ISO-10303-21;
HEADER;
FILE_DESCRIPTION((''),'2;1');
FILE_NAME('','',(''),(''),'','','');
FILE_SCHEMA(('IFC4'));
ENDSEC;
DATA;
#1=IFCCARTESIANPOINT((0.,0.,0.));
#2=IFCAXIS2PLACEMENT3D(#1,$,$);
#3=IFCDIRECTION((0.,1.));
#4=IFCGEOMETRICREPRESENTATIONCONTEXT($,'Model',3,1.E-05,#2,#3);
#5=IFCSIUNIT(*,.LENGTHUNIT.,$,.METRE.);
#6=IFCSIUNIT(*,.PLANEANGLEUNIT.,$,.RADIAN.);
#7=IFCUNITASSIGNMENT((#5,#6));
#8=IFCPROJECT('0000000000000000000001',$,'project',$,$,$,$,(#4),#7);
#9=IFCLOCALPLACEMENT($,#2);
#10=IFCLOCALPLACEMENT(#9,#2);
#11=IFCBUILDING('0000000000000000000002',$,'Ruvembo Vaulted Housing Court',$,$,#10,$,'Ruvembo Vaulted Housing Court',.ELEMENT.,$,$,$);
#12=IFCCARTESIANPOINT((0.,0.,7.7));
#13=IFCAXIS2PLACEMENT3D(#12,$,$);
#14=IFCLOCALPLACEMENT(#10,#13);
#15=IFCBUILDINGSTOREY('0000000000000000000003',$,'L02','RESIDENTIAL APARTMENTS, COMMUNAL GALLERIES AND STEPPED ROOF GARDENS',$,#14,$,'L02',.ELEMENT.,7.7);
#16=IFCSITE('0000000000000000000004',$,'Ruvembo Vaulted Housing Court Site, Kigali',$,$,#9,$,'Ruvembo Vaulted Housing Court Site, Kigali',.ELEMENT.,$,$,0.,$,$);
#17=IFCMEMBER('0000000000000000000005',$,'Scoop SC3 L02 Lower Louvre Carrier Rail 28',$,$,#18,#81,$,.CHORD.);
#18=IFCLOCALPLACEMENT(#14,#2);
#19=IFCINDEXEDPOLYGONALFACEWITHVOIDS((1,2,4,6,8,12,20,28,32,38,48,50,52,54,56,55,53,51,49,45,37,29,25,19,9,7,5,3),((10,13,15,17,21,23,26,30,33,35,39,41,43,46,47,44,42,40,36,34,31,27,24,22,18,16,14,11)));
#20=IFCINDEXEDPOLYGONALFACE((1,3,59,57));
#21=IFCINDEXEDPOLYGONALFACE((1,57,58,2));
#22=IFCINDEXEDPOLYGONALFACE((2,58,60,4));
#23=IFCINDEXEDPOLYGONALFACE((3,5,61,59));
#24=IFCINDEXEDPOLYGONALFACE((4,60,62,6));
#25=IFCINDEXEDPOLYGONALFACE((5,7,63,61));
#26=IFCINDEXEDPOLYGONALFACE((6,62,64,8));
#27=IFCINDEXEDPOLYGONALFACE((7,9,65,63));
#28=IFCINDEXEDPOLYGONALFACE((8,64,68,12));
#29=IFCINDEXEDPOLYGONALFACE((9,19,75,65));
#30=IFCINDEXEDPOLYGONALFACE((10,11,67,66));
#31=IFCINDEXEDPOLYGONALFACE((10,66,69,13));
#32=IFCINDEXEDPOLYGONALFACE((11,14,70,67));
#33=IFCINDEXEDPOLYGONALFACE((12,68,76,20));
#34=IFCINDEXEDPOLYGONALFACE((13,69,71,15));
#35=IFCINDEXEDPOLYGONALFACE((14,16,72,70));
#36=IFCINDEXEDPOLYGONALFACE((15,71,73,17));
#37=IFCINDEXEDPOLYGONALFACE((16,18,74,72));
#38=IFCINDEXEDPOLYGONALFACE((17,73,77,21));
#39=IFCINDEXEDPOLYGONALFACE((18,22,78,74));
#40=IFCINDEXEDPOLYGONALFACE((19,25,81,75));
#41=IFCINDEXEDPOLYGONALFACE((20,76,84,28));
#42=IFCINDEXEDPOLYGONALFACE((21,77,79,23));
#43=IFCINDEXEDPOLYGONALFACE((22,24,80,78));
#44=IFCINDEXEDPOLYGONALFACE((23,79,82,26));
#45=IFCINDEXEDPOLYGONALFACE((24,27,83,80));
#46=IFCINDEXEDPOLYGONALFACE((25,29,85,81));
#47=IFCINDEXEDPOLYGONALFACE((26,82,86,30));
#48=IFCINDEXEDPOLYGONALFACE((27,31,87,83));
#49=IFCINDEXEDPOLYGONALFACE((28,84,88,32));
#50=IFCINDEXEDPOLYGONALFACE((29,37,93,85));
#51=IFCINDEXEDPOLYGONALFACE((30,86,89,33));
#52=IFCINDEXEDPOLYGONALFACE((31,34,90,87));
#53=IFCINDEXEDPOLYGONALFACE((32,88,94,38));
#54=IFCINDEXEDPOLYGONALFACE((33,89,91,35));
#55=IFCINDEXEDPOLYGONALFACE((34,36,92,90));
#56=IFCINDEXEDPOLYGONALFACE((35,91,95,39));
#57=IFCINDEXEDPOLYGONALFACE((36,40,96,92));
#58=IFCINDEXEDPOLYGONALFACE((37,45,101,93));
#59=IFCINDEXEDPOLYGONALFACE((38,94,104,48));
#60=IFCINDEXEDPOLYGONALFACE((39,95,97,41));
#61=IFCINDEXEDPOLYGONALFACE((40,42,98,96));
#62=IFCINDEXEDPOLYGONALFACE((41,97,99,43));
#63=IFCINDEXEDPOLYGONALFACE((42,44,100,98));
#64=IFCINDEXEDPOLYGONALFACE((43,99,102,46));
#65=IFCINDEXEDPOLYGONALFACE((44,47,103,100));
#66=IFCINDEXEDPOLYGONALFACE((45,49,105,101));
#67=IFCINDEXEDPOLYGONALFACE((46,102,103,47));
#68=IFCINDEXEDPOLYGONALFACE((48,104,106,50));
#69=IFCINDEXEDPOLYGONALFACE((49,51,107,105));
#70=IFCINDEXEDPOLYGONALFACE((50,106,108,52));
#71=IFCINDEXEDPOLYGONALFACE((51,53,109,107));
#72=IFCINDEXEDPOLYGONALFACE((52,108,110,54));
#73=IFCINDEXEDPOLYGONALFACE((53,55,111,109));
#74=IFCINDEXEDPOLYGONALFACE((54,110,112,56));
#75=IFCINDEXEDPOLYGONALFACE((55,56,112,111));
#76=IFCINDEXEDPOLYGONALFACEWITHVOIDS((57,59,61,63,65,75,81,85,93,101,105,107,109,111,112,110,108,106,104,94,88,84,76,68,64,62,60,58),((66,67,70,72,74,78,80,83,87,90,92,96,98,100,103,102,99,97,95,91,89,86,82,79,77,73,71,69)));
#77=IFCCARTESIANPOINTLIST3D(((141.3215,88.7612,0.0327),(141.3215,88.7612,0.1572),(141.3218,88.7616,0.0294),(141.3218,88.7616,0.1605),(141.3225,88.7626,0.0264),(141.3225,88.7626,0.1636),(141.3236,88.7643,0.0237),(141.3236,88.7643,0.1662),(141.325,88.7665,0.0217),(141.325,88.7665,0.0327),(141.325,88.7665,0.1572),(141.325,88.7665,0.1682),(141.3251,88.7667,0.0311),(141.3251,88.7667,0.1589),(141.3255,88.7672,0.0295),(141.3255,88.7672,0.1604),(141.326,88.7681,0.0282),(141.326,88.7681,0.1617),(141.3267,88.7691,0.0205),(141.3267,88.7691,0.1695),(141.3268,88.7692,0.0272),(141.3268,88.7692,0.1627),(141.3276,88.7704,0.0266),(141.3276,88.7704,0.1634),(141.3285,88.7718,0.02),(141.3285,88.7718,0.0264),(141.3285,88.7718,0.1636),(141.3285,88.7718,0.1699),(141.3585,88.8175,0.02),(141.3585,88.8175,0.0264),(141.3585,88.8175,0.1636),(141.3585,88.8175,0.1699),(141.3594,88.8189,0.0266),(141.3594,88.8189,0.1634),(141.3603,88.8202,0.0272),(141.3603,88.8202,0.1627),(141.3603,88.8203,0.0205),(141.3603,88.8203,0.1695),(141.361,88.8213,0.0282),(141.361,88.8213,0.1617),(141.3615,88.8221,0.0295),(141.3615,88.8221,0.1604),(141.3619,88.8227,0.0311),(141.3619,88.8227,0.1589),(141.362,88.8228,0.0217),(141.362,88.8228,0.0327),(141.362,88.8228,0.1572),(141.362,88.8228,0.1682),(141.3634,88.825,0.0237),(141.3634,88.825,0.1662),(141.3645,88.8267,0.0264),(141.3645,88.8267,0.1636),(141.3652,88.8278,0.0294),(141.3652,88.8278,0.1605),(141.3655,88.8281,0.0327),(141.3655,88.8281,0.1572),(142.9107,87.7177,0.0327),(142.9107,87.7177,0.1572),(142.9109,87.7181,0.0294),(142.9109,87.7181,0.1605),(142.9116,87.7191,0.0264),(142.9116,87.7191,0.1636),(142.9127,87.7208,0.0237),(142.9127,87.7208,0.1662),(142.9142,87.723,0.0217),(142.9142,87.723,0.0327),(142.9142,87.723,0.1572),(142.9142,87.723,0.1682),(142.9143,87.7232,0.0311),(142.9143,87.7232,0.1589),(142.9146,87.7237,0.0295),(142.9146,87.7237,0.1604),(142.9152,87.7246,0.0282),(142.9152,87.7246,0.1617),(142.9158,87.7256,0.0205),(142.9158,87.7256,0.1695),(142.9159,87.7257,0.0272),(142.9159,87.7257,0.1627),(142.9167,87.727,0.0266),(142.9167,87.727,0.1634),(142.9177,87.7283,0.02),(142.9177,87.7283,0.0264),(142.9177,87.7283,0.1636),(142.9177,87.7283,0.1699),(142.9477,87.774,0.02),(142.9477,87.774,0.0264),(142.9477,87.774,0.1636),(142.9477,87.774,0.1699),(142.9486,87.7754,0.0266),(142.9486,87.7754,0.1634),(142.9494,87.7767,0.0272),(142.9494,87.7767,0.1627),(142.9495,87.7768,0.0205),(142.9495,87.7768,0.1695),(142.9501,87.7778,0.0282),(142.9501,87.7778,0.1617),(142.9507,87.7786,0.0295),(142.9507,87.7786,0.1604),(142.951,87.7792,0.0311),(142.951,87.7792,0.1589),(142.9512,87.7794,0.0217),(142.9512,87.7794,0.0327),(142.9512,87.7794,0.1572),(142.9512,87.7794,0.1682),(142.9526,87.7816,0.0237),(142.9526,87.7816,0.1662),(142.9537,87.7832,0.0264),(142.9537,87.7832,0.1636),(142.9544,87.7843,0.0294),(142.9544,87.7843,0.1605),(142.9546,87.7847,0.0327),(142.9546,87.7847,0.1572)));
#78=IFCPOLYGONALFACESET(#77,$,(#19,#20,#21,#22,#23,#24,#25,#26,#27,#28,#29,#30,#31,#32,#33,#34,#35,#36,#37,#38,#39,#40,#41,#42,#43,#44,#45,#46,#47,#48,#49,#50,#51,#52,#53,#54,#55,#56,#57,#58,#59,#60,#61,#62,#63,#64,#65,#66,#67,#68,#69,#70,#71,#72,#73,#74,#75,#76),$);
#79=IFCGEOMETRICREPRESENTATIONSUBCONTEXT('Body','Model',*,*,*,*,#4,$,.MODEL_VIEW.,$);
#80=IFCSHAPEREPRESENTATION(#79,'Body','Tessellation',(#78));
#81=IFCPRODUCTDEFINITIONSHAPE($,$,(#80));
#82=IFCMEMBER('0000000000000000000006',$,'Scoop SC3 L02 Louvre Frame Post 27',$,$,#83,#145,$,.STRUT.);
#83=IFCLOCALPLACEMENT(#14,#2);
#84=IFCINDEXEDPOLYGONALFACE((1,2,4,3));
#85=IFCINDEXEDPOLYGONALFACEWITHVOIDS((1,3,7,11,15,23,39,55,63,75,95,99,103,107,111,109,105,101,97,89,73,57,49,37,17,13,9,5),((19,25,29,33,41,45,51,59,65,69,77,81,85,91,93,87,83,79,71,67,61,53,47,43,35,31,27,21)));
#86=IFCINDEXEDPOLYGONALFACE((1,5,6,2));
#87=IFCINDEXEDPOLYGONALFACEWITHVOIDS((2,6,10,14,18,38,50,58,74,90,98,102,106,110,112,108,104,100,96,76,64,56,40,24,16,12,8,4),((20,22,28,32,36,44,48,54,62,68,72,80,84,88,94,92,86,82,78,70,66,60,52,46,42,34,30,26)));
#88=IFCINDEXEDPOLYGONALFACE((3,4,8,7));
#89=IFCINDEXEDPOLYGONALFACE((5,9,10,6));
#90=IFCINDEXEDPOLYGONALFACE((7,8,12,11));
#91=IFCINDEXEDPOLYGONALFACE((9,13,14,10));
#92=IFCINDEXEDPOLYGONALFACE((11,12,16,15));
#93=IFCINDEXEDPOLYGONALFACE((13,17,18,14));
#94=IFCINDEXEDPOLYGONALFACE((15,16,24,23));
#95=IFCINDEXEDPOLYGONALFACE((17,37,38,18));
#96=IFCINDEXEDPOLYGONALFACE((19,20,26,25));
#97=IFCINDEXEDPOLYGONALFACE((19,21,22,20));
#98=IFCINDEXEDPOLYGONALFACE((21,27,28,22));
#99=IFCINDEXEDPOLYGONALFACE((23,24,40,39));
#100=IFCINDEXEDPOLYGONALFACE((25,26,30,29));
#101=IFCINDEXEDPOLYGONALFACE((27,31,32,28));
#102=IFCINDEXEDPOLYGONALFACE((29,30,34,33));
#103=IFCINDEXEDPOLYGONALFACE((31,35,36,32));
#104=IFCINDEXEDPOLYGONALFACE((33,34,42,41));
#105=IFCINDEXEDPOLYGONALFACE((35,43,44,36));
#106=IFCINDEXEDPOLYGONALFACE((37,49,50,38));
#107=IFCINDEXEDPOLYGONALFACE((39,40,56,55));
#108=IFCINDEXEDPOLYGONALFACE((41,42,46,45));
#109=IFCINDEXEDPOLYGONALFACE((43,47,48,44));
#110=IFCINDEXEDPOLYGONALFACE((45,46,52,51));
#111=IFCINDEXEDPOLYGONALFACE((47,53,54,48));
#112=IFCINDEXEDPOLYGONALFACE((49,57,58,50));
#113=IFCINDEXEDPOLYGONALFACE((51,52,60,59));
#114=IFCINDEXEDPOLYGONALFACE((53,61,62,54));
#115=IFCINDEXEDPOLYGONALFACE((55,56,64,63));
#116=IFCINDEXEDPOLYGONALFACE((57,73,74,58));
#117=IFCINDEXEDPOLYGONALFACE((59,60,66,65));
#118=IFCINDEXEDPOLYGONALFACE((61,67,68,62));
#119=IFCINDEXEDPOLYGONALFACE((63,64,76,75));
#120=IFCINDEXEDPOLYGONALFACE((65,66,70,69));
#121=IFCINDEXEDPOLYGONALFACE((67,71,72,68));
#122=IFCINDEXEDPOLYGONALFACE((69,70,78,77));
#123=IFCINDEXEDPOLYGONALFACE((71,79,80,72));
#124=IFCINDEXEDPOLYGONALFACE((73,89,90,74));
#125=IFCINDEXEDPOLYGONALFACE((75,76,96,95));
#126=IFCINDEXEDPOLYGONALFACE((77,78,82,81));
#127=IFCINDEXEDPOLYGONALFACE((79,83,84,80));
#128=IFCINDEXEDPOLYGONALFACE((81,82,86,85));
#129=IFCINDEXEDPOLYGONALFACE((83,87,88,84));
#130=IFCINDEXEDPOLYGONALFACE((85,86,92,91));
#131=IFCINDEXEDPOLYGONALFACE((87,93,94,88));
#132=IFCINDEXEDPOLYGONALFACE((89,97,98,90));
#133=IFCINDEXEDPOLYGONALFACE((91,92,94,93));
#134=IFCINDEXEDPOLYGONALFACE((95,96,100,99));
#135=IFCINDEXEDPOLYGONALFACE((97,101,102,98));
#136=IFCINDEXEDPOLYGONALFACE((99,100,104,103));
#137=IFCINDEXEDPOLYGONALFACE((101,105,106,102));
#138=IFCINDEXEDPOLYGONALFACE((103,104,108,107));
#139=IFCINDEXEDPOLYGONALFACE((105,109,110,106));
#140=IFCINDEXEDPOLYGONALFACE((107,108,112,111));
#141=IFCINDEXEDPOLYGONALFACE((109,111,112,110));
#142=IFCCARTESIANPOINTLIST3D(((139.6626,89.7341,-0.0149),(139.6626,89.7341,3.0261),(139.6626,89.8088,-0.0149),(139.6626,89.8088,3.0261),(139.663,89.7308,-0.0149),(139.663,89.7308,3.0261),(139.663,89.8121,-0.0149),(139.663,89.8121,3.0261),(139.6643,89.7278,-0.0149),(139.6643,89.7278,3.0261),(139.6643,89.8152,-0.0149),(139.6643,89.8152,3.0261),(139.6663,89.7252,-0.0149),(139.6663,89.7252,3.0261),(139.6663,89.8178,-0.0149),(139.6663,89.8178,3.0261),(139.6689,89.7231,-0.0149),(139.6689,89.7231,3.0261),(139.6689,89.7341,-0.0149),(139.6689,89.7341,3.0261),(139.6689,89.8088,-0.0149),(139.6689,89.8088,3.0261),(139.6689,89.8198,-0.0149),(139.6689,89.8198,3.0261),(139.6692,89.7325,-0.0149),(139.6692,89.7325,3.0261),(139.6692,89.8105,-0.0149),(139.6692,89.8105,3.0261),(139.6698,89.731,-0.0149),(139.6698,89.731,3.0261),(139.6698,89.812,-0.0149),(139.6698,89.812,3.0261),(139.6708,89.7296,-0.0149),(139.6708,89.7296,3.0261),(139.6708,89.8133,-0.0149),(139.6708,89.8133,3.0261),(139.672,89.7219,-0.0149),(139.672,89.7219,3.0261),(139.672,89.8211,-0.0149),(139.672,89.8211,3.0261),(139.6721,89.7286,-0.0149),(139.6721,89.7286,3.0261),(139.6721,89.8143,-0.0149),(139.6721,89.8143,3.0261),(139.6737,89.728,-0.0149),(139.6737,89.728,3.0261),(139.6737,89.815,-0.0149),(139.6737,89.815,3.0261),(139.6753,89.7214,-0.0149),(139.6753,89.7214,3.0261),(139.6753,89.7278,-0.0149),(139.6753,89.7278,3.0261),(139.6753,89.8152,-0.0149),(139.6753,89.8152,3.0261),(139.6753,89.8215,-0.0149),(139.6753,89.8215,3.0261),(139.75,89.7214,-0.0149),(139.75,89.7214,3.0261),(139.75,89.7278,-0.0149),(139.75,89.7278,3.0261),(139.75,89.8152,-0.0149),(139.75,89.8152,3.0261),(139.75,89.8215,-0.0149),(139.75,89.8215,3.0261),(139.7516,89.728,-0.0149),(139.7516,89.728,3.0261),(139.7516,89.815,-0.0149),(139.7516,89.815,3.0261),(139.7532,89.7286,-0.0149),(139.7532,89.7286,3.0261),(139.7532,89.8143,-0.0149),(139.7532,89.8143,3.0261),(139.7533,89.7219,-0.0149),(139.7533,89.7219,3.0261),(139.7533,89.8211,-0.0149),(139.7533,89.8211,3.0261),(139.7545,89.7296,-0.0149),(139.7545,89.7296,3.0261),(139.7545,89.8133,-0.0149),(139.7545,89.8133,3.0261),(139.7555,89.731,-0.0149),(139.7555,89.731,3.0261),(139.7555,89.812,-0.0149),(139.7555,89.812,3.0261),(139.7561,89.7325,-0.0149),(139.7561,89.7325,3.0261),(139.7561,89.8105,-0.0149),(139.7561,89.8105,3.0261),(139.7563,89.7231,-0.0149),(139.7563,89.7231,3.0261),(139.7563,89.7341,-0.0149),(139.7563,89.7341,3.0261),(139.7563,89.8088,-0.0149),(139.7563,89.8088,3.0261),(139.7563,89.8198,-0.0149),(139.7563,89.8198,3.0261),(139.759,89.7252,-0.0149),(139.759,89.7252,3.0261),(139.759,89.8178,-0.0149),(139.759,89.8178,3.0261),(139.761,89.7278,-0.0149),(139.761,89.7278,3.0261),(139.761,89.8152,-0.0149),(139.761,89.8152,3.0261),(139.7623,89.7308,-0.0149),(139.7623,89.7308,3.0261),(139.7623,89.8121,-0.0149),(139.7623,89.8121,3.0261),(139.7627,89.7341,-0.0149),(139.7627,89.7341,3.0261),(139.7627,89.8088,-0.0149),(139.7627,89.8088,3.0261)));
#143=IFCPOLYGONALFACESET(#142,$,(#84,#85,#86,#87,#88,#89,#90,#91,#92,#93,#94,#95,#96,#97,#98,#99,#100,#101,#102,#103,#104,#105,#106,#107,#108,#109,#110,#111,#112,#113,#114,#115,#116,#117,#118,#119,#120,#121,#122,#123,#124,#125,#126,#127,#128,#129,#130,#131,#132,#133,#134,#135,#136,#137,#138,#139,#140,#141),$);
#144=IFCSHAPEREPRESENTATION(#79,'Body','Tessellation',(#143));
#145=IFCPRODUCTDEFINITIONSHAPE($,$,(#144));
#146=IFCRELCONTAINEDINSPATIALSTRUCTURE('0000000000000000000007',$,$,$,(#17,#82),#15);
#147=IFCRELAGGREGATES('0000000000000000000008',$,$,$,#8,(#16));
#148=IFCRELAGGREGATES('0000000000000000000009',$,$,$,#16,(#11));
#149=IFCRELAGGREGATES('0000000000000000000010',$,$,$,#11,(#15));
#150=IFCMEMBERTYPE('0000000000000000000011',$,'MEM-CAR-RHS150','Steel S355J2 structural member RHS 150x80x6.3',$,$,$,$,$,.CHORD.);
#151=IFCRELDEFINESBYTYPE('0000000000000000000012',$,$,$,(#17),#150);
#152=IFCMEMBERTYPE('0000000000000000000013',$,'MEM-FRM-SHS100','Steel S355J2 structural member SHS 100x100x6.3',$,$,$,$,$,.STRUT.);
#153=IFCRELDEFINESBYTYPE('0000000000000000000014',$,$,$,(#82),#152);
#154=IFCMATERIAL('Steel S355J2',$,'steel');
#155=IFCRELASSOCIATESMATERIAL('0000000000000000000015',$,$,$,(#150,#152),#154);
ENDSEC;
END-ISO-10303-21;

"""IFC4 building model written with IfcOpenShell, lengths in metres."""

from ifc_helpers import new_model, si_unit, direction, frame, origin, origin_2d, place, context, subcontext, project, spatial, hollow_rectangle, extrude, material, material_profile, profile_set, type_object, element, save


model = new_model("IFC4")

# Units and contexts
model_context = context("Model", 3, precision=1e-05, world=origin(), true_north=direction((0.0, 1.0)))
body_context = subcontext(model_context, "Body", "Model", "MODEL_VIEW")
ifc_project = project(units=[si_unit("LENGTHUNIT", "METRE"), si_unit("PLANEANGLEUNIT", "RADIAN")], contexts=[model_context])

# Site, building, storey
site_placement = place(None, origin())
site = spatial("IfcSite", under=ifc_project, at=site_placement, Name="Ruvembo Vaulted Housing Court Site, Kigali", LongName="Ruvembo Vaulted Housing Court Site, Kigali", CompositionType="ELEMENT", RefElevation=0.0)
building_placement = place(site_placement, origin())
building = spatial("IfcBuilding", under=site, at=building_placement, Name="Ruvembo Vaulted Housing Court", LongName="Ruvembo Vaulted Housing Court", CompositionType="ELEMENT")
storey_placement = place(building_placement, frame((0.0, 0.0, 7.7)))
storey = spatial("IfcBuildingStorey", under=building, at=storey_placement, Name="L02", Description="RESIDENTIAL APARTMENTS, COMMUNAL GALLERIES AND STEPPED ROOF GARDENS", LongName="L02", CompositionType="ELEMENT", Elevation=7.7)

# Shared definitions
ifc_material_1 = material(Name="Steel S355J2", Category="steel")

# Members
ifc_material_profile_1 = material_profile(ifc_material_1, hollow_rectangle(XDim=0.0801, YDim=0.1499, WallThickness=0.0063, InnerFilletRadius=0.0063, OuterFilletRadius=0.0127, at=origin_2d()), Name="RHS 150x80x6.3")
ifc_profile_set_1 = profile_set([ifc_material_profile_1], Name="Steel S355J2")
member_type_1 = type_object("IfcMemberType", Name="MEM-CAR-RHS150", Description="Steel S355J2 structural member RHS 150x80x6.3", PredefinedType="CHORD", material=ifc_profile_set_1)
for number, where, z_axis, x_axis, name in (
    (1, (141.3435, 88.7947, 0.095), (0.835902, -0.548878, 0.0), (0.548878, 0.835902, 0.0), "Scoop SC3 L02 Lower Louvre Carrier Rail 28"),
):
    element("IfcMember", number, at=place(storey_placement, frame(where, z_axis=z_axis, x_axis=x_axis)), inside=storey, type_object=member_type_1, Name=name, PredefinedType="CHORD", context=body_context, shape_type="SweptSolid", body=[
        extrude(hollow_rectangle(XDim=0.0801, YDim=0.1499, WallThickness=0.0063, InnerFilletRadius=0.0063, OuterFilletRadius=0.0127, at=origin_2d()), origin(), (0.0, 0.0, 1.0), 1.9011),
    ])
ifc_material_profile_2 = material_profile(ifc_material_1, hollow_rectangle(XDim=0.1001, YDim=0.1001, WallThickness=0.0063, InnerFilletRadius=0.0063, OuterFilletRadius=0.0127, at=origin_2d()), Name="SHS 100x100x6.3")
ifc_profile_set_2 = profile_set([ifc_material_profile_2], Name="Steel S355J2")
member_type_2 = type_object("IfcMemberType", Name="MEM-FRM-SHS100", Description="Steel S355J2 structural member SHS 100x100x6.3", PredefinedType="STRUT", material=ifc_profile_set_2)
for number, where, z_axis, x_axis, name in (
    (2, (139.7126, 89.7715, -0.0149), (0.0, 0.0, 1.0), (1.0, 0.0, 0.0), "Scoop SC3 L02 Louvre Frame Post 27"),
):
    element("IfcMember", number, at=place(storey_placement, frame(where, z_axis=z_axis, x_axis=x_axis)), inside=storey, type_object=member_type_2, Name=name, PredefinedType="STRUT", context=body_context, shape_type="SweptSolid", body=[
        extrude(hollow_rectangle(XDim=0.1001, YDim=0.1001, WallThickness=0.0063, InnerFilletRadius=0.0063, OuterFilletRadius=0.0127, at=origin_2d()), origin(), (0.0, 0.0, 1.0), 3.041),
    ])

save(model, "model.ifc")
